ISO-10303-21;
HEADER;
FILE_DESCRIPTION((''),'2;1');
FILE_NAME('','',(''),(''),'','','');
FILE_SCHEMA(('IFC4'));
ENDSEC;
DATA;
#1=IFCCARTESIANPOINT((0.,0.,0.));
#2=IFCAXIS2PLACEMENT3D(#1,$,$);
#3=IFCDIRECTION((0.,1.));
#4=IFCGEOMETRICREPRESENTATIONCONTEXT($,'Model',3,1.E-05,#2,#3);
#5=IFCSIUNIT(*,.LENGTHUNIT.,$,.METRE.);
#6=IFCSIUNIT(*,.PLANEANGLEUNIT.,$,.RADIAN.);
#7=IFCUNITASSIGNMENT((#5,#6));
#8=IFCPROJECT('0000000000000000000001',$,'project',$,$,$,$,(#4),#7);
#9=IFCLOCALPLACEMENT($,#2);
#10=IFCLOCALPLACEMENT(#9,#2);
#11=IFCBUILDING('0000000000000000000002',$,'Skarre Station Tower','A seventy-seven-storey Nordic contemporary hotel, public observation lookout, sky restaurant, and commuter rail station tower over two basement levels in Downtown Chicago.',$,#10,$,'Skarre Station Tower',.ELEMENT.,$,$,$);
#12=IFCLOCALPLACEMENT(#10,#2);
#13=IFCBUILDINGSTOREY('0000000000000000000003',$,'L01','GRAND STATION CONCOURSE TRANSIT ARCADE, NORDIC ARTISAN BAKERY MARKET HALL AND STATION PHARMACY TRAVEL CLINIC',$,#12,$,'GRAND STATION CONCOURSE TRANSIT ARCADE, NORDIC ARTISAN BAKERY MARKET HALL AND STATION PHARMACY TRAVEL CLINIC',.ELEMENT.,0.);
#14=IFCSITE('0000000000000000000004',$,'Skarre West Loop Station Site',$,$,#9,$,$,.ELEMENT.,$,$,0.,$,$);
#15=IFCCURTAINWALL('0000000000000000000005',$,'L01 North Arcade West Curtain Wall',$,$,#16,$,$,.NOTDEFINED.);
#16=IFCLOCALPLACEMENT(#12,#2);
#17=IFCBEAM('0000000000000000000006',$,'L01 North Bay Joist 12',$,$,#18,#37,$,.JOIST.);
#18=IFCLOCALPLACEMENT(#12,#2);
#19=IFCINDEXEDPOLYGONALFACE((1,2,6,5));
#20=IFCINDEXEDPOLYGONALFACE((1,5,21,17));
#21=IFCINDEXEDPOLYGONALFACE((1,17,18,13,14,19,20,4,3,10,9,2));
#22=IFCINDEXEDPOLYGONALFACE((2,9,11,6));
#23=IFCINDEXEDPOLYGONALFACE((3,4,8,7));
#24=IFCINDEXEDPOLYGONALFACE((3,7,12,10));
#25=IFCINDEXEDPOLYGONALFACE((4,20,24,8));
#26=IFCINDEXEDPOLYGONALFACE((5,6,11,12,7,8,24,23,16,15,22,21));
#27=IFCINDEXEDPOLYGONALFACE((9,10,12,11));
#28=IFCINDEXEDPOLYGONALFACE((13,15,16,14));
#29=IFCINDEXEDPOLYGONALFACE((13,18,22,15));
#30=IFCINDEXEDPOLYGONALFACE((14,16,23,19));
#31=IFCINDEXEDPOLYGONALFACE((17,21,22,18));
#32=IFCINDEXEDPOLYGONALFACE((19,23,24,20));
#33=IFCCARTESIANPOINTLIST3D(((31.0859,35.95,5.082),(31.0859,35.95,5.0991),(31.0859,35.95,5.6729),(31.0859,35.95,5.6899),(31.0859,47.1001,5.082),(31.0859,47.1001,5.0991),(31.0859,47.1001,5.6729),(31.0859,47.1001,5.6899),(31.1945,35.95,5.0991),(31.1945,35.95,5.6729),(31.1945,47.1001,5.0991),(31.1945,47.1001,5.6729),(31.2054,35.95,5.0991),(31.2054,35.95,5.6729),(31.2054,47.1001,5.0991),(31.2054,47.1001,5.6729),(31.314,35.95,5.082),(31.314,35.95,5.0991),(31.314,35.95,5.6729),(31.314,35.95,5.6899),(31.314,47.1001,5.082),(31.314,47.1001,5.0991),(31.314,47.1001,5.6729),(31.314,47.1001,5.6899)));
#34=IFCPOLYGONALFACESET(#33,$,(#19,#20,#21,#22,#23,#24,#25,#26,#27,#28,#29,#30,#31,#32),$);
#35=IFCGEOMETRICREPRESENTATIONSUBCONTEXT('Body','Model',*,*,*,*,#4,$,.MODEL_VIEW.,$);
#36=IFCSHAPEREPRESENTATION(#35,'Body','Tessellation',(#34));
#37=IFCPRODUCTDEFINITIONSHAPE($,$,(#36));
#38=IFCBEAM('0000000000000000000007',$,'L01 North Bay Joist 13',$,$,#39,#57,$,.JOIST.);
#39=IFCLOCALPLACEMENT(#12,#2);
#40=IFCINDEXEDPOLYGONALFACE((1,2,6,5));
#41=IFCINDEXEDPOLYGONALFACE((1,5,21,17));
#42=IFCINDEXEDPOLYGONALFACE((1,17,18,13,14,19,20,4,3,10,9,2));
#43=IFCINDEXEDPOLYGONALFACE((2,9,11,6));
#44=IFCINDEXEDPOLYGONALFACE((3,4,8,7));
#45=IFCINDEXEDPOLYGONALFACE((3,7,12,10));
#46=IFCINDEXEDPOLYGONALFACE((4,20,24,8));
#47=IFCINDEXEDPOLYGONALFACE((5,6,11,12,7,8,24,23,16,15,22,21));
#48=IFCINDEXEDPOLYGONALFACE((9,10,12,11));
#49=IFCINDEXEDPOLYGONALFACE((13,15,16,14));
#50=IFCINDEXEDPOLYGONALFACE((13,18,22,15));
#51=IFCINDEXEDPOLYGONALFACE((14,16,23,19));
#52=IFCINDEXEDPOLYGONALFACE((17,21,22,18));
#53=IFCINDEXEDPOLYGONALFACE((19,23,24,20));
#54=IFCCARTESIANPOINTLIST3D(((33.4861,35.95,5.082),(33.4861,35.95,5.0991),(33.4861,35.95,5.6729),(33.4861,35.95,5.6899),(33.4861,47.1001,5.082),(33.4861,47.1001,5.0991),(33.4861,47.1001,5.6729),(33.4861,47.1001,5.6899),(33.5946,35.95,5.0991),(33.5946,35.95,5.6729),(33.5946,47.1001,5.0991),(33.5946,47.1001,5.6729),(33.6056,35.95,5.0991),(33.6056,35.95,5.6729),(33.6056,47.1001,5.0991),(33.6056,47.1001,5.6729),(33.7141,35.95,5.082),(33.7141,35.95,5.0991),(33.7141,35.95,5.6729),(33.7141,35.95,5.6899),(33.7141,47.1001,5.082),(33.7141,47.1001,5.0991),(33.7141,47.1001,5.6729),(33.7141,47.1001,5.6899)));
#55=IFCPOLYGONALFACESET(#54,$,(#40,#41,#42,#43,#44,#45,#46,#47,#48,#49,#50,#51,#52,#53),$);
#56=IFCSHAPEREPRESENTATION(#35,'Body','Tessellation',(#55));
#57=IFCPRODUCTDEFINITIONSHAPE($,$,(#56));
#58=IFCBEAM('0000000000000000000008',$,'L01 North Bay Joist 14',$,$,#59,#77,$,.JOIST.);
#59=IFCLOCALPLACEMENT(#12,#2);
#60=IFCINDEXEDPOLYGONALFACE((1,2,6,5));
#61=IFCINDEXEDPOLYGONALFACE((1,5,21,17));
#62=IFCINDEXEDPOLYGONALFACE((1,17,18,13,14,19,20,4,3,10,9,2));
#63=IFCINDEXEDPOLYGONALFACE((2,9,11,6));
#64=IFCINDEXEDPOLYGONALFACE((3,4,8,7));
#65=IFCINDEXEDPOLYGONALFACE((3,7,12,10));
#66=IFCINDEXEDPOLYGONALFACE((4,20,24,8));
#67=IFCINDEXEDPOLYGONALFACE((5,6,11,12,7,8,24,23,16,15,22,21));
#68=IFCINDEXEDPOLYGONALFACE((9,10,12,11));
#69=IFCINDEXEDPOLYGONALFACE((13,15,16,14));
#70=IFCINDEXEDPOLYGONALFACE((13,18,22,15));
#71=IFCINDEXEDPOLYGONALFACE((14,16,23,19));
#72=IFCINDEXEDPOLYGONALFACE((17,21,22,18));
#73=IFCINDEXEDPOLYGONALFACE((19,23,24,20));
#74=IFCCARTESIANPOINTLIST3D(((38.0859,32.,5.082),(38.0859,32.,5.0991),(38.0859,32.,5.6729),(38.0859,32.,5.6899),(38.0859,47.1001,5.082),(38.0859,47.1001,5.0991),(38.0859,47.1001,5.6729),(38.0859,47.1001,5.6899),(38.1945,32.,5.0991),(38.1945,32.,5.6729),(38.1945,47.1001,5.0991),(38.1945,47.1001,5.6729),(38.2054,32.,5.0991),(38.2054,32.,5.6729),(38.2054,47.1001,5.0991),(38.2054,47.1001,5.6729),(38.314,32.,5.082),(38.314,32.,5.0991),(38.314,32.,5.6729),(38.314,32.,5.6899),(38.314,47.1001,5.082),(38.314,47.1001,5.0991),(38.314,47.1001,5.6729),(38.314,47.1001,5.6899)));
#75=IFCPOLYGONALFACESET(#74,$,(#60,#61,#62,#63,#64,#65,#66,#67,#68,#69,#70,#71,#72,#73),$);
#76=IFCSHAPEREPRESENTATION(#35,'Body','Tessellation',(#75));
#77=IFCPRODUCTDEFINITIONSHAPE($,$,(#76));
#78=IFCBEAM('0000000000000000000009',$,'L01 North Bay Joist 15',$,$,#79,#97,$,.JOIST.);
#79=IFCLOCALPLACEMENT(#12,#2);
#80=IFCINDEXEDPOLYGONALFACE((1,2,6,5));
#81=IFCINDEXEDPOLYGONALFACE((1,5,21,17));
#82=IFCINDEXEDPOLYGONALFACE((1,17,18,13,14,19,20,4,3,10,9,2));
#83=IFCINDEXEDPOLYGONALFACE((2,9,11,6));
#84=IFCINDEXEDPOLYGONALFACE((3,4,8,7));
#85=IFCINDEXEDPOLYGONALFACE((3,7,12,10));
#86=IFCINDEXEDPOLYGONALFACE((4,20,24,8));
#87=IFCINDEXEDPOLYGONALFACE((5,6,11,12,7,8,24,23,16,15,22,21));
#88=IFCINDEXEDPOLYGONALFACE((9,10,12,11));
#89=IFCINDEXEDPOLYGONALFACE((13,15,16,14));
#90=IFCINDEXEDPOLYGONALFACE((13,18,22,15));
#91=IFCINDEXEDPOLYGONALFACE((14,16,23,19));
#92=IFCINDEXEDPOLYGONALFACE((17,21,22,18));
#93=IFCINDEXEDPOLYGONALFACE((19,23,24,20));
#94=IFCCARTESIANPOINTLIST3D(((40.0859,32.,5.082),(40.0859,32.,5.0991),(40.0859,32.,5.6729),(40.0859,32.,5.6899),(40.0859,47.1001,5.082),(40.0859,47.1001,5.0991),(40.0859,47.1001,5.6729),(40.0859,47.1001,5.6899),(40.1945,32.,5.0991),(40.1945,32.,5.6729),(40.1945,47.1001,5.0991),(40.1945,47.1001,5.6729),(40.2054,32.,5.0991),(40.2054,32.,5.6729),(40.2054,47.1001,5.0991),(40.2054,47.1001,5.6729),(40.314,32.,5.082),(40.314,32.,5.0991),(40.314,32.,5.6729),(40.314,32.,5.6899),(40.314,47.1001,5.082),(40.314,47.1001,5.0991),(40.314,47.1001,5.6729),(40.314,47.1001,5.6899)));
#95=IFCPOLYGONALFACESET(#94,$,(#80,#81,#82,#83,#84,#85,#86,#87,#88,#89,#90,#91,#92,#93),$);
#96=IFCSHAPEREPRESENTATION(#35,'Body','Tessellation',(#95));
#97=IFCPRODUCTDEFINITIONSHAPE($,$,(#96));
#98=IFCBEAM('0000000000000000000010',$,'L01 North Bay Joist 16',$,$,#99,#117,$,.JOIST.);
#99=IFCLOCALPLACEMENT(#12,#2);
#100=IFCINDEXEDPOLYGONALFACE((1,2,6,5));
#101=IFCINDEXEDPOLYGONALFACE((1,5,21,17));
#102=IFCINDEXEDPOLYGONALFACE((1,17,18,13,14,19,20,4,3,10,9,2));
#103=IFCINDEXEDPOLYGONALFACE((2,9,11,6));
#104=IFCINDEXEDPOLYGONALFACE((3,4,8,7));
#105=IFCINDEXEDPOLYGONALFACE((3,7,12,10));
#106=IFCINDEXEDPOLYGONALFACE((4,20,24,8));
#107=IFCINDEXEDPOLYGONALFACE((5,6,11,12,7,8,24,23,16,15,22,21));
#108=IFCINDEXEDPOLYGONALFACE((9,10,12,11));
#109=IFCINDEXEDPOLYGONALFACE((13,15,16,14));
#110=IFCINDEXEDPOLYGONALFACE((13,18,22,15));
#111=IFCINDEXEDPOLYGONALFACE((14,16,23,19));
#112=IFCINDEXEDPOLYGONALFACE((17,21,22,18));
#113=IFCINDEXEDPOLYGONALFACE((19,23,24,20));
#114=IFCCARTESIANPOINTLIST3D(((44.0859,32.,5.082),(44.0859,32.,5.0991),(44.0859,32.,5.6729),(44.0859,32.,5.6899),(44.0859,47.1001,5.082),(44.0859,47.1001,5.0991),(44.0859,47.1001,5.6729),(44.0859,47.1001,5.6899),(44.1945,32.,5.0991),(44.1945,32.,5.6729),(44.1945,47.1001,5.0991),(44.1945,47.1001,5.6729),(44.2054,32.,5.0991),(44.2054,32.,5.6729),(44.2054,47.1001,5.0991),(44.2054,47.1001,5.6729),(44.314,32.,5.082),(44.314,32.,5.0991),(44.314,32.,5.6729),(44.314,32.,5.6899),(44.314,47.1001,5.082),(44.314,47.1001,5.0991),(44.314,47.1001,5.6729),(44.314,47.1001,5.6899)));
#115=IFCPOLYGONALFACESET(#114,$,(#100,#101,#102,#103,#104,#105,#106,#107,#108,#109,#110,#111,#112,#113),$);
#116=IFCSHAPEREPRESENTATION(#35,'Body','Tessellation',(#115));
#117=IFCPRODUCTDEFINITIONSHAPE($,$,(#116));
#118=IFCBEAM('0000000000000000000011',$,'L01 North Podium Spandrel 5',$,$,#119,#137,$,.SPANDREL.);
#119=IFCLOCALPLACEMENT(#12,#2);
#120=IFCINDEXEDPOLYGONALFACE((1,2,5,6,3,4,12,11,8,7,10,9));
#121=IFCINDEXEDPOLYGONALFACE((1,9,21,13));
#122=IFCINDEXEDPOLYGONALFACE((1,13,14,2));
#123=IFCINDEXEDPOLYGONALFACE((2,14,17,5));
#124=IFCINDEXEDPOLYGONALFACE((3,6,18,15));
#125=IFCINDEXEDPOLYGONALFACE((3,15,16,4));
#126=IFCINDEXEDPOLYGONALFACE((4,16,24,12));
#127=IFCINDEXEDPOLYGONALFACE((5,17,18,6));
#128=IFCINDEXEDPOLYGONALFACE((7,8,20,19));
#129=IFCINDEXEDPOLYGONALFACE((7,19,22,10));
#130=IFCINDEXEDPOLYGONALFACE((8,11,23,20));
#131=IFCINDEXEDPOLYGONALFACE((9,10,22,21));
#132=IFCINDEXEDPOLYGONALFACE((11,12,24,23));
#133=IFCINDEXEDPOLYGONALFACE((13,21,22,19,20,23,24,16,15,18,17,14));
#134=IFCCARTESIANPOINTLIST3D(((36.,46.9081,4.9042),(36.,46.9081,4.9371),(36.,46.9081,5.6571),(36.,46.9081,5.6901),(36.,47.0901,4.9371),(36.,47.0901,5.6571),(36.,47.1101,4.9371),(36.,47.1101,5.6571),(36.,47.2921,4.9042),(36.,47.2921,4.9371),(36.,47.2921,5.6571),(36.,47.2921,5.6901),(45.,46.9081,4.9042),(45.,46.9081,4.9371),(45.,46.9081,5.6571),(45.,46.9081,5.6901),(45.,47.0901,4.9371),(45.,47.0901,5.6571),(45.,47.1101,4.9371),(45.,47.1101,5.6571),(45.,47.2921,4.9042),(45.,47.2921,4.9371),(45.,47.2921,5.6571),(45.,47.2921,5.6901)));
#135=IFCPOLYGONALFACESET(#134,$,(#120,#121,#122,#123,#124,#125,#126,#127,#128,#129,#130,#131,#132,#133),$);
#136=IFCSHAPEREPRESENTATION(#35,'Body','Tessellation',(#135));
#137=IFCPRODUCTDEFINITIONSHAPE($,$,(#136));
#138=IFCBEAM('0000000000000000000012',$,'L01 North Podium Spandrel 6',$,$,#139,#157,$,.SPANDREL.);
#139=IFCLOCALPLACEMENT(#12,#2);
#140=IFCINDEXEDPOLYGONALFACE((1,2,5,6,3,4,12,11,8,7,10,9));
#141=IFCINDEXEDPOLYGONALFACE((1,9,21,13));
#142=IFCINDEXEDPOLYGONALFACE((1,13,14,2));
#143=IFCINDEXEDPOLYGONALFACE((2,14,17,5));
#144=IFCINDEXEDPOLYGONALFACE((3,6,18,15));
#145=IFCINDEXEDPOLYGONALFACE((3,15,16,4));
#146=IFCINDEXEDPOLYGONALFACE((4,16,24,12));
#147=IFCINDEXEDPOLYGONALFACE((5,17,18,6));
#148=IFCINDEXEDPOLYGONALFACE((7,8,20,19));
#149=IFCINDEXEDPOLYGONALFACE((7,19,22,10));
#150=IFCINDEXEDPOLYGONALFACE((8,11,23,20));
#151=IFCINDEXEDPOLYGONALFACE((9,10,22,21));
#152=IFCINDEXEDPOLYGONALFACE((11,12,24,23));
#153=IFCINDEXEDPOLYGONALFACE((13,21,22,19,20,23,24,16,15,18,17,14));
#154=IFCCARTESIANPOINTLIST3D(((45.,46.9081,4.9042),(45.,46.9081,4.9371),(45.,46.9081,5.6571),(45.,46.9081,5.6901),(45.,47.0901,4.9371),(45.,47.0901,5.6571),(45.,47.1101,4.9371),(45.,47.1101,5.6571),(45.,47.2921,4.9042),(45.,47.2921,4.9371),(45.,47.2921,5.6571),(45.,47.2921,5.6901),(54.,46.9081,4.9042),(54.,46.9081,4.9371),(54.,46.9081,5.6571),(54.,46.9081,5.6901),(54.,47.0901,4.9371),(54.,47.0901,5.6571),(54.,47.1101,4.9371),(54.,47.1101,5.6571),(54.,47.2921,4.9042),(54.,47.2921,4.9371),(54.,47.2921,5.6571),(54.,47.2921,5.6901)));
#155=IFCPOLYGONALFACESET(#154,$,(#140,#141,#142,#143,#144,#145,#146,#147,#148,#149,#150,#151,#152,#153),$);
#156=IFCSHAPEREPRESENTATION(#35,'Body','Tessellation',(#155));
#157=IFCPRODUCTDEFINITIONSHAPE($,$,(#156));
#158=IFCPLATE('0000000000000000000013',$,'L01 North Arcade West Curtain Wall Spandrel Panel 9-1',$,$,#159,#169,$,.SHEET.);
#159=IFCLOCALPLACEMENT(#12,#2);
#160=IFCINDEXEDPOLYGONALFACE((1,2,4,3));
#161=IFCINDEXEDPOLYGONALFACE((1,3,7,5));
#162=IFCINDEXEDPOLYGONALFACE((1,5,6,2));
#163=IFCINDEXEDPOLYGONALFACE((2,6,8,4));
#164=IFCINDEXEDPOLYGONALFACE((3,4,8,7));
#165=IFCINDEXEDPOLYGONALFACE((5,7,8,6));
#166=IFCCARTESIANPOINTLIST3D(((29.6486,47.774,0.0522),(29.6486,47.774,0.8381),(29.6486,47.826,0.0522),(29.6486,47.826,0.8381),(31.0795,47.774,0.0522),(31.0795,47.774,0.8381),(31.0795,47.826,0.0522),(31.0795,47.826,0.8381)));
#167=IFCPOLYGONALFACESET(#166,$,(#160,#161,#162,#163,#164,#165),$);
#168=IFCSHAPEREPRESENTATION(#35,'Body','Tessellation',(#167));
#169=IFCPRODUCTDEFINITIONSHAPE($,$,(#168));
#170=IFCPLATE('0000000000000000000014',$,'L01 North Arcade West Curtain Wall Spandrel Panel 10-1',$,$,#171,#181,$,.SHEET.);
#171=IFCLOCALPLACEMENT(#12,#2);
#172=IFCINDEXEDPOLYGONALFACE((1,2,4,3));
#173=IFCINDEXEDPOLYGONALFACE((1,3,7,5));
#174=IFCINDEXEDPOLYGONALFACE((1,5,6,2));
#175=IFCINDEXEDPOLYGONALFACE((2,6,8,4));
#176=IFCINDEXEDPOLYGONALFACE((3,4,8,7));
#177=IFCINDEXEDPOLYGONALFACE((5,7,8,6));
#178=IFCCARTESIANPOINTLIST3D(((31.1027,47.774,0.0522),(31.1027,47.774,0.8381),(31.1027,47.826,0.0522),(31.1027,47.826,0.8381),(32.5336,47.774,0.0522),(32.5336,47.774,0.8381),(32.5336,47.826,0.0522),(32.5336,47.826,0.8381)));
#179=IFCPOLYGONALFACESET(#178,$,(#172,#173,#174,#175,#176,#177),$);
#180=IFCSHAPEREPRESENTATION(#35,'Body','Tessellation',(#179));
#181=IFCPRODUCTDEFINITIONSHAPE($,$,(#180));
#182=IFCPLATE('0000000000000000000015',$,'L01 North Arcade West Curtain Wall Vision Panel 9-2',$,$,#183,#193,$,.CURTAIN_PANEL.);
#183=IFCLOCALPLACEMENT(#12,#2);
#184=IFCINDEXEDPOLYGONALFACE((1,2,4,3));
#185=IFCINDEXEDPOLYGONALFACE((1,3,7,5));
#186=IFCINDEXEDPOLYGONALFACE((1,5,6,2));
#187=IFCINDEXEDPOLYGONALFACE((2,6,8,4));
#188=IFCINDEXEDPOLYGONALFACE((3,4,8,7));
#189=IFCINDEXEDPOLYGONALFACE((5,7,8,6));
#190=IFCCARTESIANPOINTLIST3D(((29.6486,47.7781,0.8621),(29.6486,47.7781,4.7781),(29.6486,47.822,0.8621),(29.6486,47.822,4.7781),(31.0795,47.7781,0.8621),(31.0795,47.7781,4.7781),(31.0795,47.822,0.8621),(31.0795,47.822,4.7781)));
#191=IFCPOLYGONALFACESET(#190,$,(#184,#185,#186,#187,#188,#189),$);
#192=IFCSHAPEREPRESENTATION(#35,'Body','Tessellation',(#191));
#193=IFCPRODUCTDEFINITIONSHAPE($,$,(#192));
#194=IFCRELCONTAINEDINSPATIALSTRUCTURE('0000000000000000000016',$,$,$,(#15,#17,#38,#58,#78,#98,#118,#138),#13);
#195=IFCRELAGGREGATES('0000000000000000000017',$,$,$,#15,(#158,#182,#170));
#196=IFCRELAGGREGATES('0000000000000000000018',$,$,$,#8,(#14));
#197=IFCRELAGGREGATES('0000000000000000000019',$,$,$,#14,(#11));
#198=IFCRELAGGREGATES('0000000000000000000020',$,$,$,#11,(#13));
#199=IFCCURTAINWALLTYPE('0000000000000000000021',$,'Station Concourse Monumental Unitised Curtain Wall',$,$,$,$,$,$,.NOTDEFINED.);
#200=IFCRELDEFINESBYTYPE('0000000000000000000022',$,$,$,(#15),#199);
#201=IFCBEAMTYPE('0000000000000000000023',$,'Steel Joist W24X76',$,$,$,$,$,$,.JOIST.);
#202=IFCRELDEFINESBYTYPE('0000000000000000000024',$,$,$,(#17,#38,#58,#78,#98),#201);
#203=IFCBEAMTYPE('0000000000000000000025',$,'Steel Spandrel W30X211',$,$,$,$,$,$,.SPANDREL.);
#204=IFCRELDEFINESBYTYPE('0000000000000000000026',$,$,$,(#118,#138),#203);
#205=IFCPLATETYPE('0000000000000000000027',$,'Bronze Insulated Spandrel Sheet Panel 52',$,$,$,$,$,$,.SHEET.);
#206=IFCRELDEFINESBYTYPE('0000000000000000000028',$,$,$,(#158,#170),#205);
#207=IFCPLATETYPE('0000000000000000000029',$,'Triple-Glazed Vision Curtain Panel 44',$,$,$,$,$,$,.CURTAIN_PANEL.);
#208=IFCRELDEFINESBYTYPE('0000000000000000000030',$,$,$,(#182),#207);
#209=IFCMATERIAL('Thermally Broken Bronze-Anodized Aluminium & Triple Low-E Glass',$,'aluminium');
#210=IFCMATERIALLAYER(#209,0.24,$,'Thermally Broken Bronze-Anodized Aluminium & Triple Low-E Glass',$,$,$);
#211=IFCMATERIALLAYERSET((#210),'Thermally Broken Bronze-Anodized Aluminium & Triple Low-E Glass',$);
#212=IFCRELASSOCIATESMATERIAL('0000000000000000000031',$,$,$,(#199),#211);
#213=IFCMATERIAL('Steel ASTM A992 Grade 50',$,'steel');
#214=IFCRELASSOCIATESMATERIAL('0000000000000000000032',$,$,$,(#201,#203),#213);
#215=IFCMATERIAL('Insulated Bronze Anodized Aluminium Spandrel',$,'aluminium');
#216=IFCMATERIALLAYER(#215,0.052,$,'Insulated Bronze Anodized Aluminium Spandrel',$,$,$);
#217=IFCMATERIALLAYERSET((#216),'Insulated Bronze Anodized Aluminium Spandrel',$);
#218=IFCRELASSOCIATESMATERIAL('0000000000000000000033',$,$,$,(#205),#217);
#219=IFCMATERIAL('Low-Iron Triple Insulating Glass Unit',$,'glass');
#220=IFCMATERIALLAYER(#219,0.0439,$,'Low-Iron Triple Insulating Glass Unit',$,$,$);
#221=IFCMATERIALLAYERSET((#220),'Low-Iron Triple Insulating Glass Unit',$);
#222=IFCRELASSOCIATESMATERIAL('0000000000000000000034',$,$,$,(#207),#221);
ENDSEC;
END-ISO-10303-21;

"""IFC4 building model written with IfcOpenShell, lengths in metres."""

from ifc_helpers import new_model, si_unit, direction, frame, origin, origin_2d, place, context, subcontext, project, spatial, rectangle, i_section, extrude, material, layer, layer_set, material_profile, profile_set, type_object, element, aggregate, save


model = new_model("IFC4")

# Units and contexts
model_context = context("Model", 3, precision=1e-05, world=origin(), true_north=direction((0.0, 1.0)))
body_context = subcontext(model_context, "Body", "Model", "MODEL_VIEW")
ifc_project = project(units=[si_unit("LENGTHUNIT", "METRE"), si_unit("PLANEANGLEUNIT", "RADIAN")], contexts=[model_context])

# Site, building, storey
site_placement = place(None, origin())
site = spatial("IfcSite", under=ifc_project, at=site_placement, Name="Skarre West Loop Station Site", CompositionType="ELEMENT", RefElevation=0.0)
building_placement = place(site_placement, origin())
building = spatial("IfcBuilding", under=site, at=building_placement, Name="Skarre Station Tower", Description="A seventy-seven-storey Nordic contemporary hotel, public observation lookout, sky restaurant, and commuter rail station tower over two basement levels in Downtown Chicago.", LongName="Skarre Station Tower", CompositionType="ELEMENT")
storey_placement = place(building_placement, origin())
storey = spatial("IfcBuildingStorey", under=building, at=storey_placement, Name="L01", Description="GRAND STATION CONCOURSE TRANSIT ARCADE, NORDIC ARTISAN BAKERY MARKET HALL AND STATION PHARMACY TRAVEL CLINIC", LongName="GRAND STATION CONCOURSE TRANSIT ARCADE, NORDIC ARTISAN BAKERY MARKET HALL AND STATION PHARMACY TRAVEL CLINIC", CompositionType="ELEMENT", Elevation=0.0)

# Curtain wall
ifc_material_1 = material(Name="Thermally Broken Bronze-Anodized Aluminium & Triple Low-E Glass", Category="aluminium")
ifc_layer_1 = layer(ifc_material_1, 0.24, Name="Thermally Broken Bronze-Anodized Aluminium & Triple Low-E Glass")
ifc_layer_set_1 = layer_set([ifc_layer_1], Name="Thermally Broken Bronze-Anodized Aluminium & Triple Low-E Glass")
curtain_wall_type = type_object("IfcCurtainWallType", Name="Station Concourse Monumental Unitised Curtain Wall", PredefinedType="NOTDEFINED", material=ifc_layer_set_1)
curtain_wall_placement = place(storey_placement, origin())
curtain_wall = element("IfcCurtainWall", 1, at=curtain_wall_placement, inside=storey, type_object=curtain_wall_type, Name="L01 North Arcade West Curtain Wall", PredefinedType="NOTDEFINED")

# Beams
ifc_material_2 = material(Name="Steel ASTM A992 Grade 50", Category="steel")
ifc_material_profile_1 = material_profile(ifc_material_2, i_section(OverallWidth=0.228, OverallDepth=0.6079, WebThickness=0.011, FlangeThickness=0.0171, at=origin_2d()), Name="Steel ASTM A992 Grade 50")
ifc_profile_set_1 = profile_set([ifc_material_profile_1], Name="Steel ASTM A992 Grade 50")
beam_type_1 = type_object("IfcBeamType", Name="Steel Joist W24X76", PredefinedType="JOIST", material=ifc_profile_set_1)
for number, where, z_axis, x_axis, name in (
    (2, (31.2, 35.95, 5.386), (0.0, 1.0, 0.0), (-1.0, 0.0, 0.0), "L01 North Bay Joist 12"),
    (3, (33.6001, 35.95, 5.386), (0.0, 1.0, 0.0), (-1.0, 0.0, 0.0), "L01 North Bay Joist 13"),
):
    element("IfcBeam", number, at=place(storey_placement, frame(where, z_axis=z_axis, x_axis=x_axis)), inside=storey, type_object=beam_type_1, Name=name, PredefinedType="JOIST", context=body_context, shape_type="SweptSolid", body=[
        extrude(i_section(OverallWidth=0.228, OverallDepth=0.6079, WebThickness=0.011, FlangeThickness=0.0171, at=origin_2d()), origin(), (0.0, 0.0, 1.0), 11.1501),
    ])
for number, where, z_axis, x_axis, name in (
    (4, (38.2, 32.0, 5.386), (0.0, 1.0, 0.0), (-1.0, 0.0, 0.0), "L01 North Bay Joist 14"),
    (5, (40.2, 32.0, 5.386), (0.0, 1.0, 0.0), (-1.0, 0.0, 0.0), "L01 North Bay Joist 15"),
    (6, (44.2, 32.0, 5.386), (0.0, 1.0, 0.0), (-1.0, 0.0, 0.0), "L01 North Bay Joist 16"),
):
    element("IfcBeam", number, at=place(storey_placement, frame(where, z_axis=z_axis, x_axis=x_axis)), inside=storey, type_object=beam_type_1, Name=name, PredefinedType="JOIST", context=body_context, shape_type="SweptSolid", body=[
        extrude(i_section(OverallWidth=0.228, OverallDepth=0.6079, WebThickness=0.011, FlangeThickness=0.0171, at=origin_2d()), origin(), (0.0, 0.0, 1.0), 15.1001),
    ])
ifc_material_profile_2 = material_profile(ifc_material_2, i_section(OverallWidth=0.384, OverallDepth=0.7859, WebThickness=0.02, FlangeThickness=0.033, at=origin_2d()), Name="Steel ASTM A992 Grade 50")
ifc_profile_set_2 = profile_set([ifc_material_profile_2], Name="Steel ASTM A992 Grade 50")
beam_type_2 = type_object("IfcBeamType", Name="Steel Spandrel W30X211", PredefinedType="SPANDREL", material=ifc_profile_set_2)
for number, where, z_axis, x_axis, name in (
    (7, (36.0, 47.1001, 5.2971), (1.0, 0.0, 0.0), (0.0, 1.0, 0.0), "L01 North Podium Spandrel 5"),
    (8, (45.0, 47.1001, 5.2971), (1.0, 0.0, 0.0), (0.0, 1.0, 0.0), "L01 North Podium Spandrel 6"),
):
    element("IfcBeam", number, at=place(storey_placement, frame(where, z_axis=z_axis, x_axis=x_axis)), inside=storey, type_object=beam_type_2, Name=name, PredefinedType="SPANDREL", context=body_context, shape_type="SweptSolid", body=[
        extrude(i_section(OverallWidth=0.384, OverallDepth=0.7859, WebThickness=0.02, FlangeThickness=0.033, at=origin_2d()), origin(), (0.0, 0.0, 1.0), 9.0),
    ])

# Plates
ifc_material_3 = material(Name="Insulated Bronze Anodized Aluminium Spandrel", Category="aluminium")
ifc_layer_2 = layer(ifc_material_3, 0.052, Name="Insulated Bronze Anodized Aluminium Spandrel")
ifc_layer_set_2 = layer_set([ifc_layer_2], Name="Insulated Bronze Anodized Aluminium Spandrel")
plate_type_1 = type_object("IfcPlateType", Name="Bronze Insulated Spandrel Sheet Panel 52", PredefinedType="SHEET", material=ifc_layer_set_2)
plate_1_placement = place(storey_placement, frame((30.364, 47.8, 0.0522), z_axis=(0.0, 0.0, 1.0), x_axis=(1.0, 0.0, 0.0)))
plate_1 = element("IfcPlate", 9, at=plate_1_placement, type_object=plate_type_1, Name="L01 North Arcade West Curtain Wall Spandrel Panel 9-1", PredefinedType="SHEET", context=body_context, shape_type="SweptSolid", body=[
    extrude(rectangle(XDim=1.4309, YDim=0.052, at=origin_2d()), origin(), (0.0, 0.0, 1.0), 0.7859),
])
plate_2_placement = place(storey_placement, frame((31.8181, 47.8, 0.0522), z_axis=(0.0, 0.0, 1.0), x_axis=(1.0, 0.0, 0.0)))
plate_2 = element("IfcPlate", 10, at=plate_2_placement, type_object=plate_type_1, Name="L01 North Arcade West Curtain Wall Spandrel Panel 10-1", PredefinedType="SHEET", context=body_context, shape_type="SweptSolid", body=[
    extrude(rectangle(XDim=1.4309, YDim=0.052, at=origin_2d()), origin(), (0.0, 0.0, 1.0), 0.7859),
])
ifc_material_4 = material(Name="Low-Iron Triple Insulating Glass Unit", Category="glass")
ifc_layer_3 = layer(ifc_material_4, 0.0439, Name="Low-Iron Triple Insulating Glass Unit")
ifc_layer_set_3 = layer_set([ifc_layer_3], Name="Low-Iron Triple Insulating Glass Unit")
plate_type_2 = type_object("IfcPlateType", Name="Triple-Glazed Vision Curtain Panel 44", PredefinedType="CURTAIN_PANEL", material=ifc_layer_set_3)
plate_3_placement = place(storey_placement, frame((30.364, 47.8, 0.8621), z_axis=(0.0, 0.0, 1.0), x_axis=(1.0, 0.0, 0.0)))
plate_3 = element("IfcPlate", 11, at=plate_3_placement, type_object=plate_type_2, Name="L01 North Arcade West Curtain Wall Vision Panel 9-2", PredefinedType="CURTAIN_PANEL", context=body_context, shape_type="SweptSolid", body=[
    extrude(rectangle(XDim=1.4309, YDim=0.0439, at=origin_2d()), origin(), (0.0, 0.0, 1.0), 3.916),
])
aggregate(curtain_wall, [plate_1, plate_3, plate_2])

save(model, "model.ifc")
